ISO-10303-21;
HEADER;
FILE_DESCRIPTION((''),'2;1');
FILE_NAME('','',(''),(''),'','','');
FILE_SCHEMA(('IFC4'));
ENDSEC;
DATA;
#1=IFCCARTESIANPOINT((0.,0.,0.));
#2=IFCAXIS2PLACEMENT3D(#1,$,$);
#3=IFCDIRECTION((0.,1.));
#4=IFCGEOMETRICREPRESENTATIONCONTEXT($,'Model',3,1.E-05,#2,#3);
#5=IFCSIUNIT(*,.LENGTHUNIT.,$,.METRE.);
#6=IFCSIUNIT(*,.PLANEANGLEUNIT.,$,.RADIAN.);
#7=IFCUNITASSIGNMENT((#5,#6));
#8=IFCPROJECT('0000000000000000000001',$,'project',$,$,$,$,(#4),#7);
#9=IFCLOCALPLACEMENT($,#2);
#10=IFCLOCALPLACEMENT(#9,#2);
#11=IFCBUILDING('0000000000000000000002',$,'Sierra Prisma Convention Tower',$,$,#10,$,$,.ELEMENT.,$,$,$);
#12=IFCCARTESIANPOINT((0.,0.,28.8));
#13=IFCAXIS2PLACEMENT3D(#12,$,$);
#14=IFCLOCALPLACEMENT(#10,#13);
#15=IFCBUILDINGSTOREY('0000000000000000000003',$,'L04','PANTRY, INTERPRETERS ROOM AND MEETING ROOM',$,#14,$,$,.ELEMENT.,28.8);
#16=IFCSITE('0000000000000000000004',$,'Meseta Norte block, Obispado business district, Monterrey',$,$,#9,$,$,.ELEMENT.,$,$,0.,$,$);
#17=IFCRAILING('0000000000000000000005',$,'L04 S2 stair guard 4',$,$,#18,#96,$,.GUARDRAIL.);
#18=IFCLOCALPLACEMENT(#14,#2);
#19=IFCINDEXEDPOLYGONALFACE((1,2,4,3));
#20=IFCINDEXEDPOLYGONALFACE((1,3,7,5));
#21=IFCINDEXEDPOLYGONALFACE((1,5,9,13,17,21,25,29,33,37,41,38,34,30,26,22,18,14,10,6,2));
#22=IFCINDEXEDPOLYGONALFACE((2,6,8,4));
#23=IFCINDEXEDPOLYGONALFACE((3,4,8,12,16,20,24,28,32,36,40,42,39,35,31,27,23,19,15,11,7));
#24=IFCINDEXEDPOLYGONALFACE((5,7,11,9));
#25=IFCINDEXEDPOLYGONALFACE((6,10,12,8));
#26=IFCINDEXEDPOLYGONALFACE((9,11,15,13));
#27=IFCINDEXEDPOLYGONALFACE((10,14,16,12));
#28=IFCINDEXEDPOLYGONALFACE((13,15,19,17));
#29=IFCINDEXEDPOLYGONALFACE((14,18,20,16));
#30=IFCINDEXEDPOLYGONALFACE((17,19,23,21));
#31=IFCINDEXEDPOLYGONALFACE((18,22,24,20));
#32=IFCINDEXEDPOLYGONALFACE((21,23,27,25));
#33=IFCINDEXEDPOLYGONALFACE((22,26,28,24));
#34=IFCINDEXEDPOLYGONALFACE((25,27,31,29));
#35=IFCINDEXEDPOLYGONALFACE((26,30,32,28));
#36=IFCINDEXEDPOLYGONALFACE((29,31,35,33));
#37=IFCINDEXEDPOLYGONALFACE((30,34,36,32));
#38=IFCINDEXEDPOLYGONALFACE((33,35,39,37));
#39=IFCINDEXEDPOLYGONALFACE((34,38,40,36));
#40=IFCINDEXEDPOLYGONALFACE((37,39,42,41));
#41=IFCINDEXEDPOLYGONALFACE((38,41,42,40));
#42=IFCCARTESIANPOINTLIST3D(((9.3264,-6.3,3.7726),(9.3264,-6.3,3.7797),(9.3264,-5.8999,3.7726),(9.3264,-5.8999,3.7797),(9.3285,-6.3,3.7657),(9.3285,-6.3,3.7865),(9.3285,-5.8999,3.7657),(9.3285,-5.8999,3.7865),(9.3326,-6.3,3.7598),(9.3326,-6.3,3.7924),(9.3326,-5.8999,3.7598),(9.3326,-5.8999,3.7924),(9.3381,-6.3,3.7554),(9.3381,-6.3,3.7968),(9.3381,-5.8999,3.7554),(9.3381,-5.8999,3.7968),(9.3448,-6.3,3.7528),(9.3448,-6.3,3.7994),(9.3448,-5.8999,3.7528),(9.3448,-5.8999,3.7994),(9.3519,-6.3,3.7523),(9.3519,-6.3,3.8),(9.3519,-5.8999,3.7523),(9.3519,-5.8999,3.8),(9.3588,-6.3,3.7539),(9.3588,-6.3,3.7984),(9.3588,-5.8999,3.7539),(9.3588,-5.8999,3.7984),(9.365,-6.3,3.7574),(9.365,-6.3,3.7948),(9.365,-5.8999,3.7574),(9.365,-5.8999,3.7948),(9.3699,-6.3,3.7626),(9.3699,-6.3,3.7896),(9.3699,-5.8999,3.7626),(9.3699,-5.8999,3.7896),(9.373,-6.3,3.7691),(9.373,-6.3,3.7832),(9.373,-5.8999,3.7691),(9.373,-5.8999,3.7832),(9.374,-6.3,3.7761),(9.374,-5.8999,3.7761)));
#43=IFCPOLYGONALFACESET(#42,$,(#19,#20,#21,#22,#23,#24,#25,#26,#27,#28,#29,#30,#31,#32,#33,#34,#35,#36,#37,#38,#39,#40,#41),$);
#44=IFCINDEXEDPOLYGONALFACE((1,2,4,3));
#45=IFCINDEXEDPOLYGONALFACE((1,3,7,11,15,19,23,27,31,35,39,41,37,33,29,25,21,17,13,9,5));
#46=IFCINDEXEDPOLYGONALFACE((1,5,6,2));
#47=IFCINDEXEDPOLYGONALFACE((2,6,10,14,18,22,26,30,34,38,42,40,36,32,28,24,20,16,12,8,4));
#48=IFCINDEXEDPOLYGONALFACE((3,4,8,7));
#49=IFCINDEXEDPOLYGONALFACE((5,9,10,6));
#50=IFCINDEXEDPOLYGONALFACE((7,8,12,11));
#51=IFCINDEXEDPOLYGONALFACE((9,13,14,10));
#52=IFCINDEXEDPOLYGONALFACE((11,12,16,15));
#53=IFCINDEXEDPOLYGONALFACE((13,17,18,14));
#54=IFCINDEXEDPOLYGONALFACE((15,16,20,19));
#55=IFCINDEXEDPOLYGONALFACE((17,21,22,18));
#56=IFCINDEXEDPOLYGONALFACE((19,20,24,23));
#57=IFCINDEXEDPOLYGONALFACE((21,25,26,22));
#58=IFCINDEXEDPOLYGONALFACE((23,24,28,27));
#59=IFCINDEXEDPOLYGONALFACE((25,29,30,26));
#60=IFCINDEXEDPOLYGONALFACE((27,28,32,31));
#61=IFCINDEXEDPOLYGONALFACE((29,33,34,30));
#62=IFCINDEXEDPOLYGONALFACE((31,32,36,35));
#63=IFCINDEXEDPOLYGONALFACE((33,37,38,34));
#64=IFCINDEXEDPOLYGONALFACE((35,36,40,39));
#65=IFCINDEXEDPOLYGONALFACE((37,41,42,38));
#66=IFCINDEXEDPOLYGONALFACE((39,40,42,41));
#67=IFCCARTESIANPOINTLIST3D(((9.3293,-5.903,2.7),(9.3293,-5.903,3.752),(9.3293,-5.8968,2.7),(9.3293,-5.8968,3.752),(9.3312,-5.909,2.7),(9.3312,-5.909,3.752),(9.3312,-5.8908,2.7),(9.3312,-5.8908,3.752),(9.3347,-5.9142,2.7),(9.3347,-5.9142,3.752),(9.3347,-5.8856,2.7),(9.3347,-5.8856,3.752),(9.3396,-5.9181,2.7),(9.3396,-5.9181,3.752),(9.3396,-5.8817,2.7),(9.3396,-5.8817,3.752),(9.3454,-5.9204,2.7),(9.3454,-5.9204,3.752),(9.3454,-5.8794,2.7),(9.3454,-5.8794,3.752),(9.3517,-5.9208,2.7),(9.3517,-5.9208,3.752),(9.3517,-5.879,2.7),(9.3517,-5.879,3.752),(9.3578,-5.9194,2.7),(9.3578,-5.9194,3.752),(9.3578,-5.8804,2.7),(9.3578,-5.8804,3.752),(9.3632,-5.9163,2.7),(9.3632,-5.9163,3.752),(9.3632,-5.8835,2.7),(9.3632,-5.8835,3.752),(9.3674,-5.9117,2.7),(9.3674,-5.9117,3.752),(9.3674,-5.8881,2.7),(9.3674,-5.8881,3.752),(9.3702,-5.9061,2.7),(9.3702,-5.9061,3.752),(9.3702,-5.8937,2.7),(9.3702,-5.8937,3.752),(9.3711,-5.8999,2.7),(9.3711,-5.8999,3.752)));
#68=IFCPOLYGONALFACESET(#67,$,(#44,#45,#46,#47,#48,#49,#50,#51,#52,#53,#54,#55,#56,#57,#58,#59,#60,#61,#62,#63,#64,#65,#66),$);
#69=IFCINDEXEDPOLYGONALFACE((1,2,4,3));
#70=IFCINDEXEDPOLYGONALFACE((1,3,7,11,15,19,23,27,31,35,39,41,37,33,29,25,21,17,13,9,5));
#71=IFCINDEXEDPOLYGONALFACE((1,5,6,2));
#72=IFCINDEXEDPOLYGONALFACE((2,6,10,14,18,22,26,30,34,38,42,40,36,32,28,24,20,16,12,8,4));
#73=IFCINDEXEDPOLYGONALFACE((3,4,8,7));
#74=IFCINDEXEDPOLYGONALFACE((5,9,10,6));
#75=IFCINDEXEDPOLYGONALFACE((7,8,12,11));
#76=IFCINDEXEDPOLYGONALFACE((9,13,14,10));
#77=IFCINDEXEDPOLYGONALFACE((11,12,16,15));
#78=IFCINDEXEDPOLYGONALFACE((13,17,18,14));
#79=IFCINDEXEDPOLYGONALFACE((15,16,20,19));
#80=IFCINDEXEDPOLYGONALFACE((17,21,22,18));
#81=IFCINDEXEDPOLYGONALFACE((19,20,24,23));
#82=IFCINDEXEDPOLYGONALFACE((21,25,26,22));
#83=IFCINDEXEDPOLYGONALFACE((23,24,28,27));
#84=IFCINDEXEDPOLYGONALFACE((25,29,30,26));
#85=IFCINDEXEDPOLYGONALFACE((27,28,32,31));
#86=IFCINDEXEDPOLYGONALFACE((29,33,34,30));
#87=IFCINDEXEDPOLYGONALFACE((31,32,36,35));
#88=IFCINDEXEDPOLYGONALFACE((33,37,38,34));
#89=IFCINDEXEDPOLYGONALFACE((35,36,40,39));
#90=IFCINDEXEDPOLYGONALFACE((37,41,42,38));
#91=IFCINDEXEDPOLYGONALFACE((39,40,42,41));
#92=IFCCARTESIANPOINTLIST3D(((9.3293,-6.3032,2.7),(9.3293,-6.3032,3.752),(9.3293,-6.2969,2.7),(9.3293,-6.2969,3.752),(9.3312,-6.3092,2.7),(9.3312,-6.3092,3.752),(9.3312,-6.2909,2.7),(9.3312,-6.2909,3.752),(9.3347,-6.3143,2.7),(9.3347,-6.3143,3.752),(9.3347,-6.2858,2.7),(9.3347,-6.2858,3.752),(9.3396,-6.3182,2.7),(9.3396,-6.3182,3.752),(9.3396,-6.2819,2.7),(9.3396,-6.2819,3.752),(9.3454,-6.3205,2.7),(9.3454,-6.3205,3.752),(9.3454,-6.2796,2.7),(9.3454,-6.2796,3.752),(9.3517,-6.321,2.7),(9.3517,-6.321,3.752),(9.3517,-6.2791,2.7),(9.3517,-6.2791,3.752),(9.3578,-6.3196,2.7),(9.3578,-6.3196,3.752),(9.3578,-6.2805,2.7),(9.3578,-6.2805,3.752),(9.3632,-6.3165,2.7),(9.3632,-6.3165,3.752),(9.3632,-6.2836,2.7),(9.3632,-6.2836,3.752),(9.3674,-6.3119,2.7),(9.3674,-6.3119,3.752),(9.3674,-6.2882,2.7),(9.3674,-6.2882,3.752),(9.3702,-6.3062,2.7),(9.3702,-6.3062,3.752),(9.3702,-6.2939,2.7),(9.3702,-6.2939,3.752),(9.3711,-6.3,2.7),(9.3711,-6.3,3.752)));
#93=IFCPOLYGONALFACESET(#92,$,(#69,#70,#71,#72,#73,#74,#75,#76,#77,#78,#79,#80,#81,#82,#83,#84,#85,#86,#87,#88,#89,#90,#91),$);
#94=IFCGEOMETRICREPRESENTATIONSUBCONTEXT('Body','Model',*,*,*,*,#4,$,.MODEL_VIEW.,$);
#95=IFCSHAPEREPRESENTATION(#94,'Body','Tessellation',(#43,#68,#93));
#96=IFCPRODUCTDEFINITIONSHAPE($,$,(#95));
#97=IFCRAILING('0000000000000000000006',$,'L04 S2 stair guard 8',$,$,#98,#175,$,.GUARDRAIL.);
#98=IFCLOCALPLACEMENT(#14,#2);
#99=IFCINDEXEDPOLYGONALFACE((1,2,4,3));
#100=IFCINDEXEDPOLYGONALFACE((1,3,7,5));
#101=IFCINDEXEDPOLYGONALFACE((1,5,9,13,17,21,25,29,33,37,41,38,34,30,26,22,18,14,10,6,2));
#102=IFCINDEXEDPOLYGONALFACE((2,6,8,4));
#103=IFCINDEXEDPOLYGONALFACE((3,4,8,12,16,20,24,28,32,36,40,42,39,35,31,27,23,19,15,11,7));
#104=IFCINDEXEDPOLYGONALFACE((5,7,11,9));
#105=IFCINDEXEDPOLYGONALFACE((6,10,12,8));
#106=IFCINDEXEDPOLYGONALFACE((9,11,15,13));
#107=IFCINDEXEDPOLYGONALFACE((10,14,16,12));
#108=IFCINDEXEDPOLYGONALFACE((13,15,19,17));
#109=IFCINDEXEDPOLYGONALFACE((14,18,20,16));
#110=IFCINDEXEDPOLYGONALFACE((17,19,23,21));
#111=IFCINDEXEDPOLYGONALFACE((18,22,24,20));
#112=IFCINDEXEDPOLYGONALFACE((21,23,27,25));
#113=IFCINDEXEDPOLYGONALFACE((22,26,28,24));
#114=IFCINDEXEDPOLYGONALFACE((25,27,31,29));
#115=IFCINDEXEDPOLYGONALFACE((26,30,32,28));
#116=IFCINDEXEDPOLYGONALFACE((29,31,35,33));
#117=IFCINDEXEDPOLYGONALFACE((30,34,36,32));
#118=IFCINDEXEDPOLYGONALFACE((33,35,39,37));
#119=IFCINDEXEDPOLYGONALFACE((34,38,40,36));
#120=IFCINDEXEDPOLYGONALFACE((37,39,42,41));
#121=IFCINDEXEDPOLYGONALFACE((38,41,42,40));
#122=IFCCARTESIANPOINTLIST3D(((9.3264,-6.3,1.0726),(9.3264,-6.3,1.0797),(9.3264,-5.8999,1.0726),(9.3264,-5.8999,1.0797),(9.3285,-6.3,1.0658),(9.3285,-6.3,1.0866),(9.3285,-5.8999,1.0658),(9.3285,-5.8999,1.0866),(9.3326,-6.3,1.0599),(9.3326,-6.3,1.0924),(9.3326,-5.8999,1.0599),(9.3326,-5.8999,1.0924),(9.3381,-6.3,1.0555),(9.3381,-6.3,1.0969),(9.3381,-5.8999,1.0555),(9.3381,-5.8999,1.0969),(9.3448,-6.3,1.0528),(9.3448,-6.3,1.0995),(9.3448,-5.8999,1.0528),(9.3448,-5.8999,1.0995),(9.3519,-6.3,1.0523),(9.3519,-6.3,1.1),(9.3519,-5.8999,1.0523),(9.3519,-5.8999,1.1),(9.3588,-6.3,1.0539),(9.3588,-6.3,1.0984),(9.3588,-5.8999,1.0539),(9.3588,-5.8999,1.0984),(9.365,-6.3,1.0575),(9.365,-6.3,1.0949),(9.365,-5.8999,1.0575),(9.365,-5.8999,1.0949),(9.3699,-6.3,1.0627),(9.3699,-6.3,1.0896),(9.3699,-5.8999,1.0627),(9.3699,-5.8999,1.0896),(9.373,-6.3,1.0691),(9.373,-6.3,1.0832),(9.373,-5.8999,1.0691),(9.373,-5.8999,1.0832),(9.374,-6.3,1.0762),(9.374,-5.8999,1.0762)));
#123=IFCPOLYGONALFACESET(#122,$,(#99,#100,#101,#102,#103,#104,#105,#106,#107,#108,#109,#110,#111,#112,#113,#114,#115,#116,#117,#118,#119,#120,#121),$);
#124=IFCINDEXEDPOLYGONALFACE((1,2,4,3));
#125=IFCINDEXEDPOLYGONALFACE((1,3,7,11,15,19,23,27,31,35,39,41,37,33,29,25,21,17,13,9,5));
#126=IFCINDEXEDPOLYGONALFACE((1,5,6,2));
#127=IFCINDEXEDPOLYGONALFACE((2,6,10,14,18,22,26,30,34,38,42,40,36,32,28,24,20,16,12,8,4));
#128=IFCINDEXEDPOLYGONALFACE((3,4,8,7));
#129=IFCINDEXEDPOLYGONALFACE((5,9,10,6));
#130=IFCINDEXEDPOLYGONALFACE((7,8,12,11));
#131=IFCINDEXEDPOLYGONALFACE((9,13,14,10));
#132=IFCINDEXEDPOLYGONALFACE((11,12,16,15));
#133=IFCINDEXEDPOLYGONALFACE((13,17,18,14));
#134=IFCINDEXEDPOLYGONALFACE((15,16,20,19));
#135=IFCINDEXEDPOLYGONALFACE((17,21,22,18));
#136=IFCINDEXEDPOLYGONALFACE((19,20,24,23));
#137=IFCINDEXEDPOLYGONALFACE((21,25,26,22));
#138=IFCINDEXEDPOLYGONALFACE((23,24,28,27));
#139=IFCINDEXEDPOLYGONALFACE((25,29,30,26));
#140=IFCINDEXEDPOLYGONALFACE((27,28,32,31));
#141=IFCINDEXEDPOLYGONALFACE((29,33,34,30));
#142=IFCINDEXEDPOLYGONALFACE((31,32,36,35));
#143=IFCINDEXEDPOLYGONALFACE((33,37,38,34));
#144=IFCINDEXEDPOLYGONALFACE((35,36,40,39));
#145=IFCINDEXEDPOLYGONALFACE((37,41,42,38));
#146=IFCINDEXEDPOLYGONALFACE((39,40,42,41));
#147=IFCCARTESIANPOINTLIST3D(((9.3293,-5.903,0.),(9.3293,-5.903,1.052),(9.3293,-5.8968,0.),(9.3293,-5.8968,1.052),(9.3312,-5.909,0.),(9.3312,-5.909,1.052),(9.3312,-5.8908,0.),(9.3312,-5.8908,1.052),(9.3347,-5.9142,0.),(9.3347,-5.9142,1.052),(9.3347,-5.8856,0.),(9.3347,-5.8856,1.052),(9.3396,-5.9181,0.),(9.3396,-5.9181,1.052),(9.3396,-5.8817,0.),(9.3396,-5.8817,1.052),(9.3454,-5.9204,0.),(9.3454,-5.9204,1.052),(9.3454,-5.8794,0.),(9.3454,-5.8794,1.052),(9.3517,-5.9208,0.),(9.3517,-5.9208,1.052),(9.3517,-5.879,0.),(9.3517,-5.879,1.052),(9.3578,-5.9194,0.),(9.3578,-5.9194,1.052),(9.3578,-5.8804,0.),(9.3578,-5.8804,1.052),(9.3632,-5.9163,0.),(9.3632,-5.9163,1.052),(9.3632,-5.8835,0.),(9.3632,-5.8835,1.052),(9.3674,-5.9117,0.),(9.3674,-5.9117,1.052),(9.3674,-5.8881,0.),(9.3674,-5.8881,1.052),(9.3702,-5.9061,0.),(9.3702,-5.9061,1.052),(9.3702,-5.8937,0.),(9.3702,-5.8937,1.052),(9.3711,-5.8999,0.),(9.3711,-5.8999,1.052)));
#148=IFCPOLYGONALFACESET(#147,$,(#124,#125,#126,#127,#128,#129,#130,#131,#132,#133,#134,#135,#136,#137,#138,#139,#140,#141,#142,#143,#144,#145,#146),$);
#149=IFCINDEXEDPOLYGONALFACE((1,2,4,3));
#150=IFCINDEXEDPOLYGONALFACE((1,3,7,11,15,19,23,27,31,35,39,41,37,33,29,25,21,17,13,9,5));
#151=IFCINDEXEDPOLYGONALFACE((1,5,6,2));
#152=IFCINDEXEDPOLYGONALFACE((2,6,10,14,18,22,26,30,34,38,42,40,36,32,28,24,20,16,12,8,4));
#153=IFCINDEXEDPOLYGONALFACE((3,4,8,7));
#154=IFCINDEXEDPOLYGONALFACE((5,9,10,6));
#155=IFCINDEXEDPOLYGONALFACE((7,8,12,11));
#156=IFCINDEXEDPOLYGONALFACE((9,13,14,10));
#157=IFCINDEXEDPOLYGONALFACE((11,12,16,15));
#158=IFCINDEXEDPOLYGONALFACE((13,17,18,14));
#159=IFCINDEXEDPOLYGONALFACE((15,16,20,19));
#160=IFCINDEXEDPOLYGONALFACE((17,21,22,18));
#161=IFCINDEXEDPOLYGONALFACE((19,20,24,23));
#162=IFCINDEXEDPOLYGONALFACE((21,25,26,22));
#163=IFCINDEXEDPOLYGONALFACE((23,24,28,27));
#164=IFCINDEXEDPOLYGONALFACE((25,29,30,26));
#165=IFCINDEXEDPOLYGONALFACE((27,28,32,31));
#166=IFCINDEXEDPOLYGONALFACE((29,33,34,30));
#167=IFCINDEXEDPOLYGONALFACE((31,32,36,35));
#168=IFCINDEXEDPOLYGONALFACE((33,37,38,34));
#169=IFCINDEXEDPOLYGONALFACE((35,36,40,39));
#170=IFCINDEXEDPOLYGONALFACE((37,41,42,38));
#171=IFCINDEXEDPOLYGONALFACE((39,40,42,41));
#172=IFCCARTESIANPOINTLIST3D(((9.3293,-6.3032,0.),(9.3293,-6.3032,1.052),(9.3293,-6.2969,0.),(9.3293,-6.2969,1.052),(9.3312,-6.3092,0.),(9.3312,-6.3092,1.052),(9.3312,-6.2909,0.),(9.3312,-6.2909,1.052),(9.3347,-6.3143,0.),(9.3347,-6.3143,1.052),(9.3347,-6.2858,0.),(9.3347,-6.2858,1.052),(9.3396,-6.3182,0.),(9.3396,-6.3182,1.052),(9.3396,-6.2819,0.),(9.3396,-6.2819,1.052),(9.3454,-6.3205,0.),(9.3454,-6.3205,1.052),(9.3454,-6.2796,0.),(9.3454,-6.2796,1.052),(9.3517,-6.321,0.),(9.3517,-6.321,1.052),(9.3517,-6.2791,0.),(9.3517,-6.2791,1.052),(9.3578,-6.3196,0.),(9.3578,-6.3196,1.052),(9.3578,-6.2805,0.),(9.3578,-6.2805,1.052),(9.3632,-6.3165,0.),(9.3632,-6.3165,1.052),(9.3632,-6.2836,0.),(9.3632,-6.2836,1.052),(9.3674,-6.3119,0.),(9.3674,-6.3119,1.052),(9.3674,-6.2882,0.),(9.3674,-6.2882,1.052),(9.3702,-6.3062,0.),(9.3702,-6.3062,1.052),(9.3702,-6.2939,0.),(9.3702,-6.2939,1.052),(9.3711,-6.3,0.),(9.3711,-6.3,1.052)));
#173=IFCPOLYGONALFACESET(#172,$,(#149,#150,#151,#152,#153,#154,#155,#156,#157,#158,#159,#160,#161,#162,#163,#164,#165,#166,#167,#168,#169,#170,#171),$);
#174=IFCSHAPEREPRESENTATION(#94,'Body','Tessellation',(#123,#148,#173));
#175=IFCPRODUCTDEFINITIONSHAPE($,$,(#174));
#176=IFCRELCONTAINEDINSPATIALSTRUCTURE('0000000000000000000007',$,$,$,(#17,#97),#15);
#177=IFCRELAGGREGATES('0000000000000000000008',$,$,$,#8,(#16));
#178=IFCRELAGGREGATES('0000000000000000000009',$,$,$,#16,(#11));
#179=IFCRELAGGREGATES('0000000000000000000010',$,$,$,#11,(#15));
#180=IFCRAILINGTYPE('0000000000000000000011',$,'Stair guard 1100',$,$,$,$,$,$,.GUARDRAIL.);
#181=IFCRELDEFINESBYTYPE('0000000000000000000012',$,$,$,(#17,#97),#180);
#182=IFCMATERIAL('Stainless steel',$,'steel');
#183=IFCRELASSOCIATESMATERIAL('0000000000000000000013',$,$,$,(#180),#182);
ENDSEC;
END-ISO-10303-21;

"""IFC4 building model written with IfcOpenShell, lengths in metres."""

from ifc_helpers import new_model, si_unit, direction, frame, origin, origin_2d, place, context, subcontext, project, spatial, circle, extrude, material, type_object, element, save


model = new_model("IFC4")

# Units and contexts
model_context = context("Model", 3, precision=1e-05, world=origin(), true_north=direction((0.0, 1.0)))
body_context = subcontext(model_context, "Body", "Model", "MODEL_VIEW")
ifc_project = project(units=[si_unit("LENGTHUNIT", "METRE"), si_unit("PLANEANGLEUNIT", "RADIAN")], contexts=[model_context])

# Site, building, storey
site_placement = place(None, origin())
site = spatial("IfcSite", under=ifc_project, at=site_placement, Name="Meseta Norte block, Obispado business district, Monterrey", CompositionType="ELEMENT", RefElevation=0.0)
building_placement = place(site_placement, origin())
building = spatial("IfcBuilding", under=site, at=building_placement, Name="Sierra Prisma Convention Tower", CompositionType="ELEMENT")
storey_placement = place(building_placement, frame((0.0, 0.0, 28.8)))
storey = spatial("IfcBuildingStorey", under=building, at=storey_placement, Name="L04", Description="PANTRY, INTERPRETERS ROOM AND MEETING ROOM", CompositionType="ELEMENT", Elevation=28.8)

# Railings
ifc_material_1 = material(Name="Stainless steel", Category="steel")
railing_type_1 = type_object("IfcRailingType", Name="Stair guard 1100", PredefinedType="GUARDRAIL", material=ifc_material_1)
for number, where, name in (
    (1, (9.3501, -5.8999, 2.7), "L04 S2 stair guard 4"),
    (2, (9.3501, -5.8999, 0.0), "L04 S2 stair guard 8"),
):
    element("IfcRailing", number, at=place(storey_placement, frame(where)), inside=storey, type_object=railing_type_1, Name=name, PredefinedType="GUARDRAIL", context=body_context, shape_type="SweptSolid", body=[
        extrude(circle(Radius=0.0239, at=origin_2d()), frame((0.0, 0.0, 1.0762), z_axis=(0.0, -1.0, 0.0), x_axis=(1.0, 0.0, 0.0)), (0.0, 0.0, 1.0), 0.4001),
        extrude(circle(Radius=0.021, at=origin_2d()), origin(), (0.0, 0.0, 1.0), 1.052),
        extrude(circle(Radius=0.021, at=origin_2d()), frame((0.0, -0.4001, 0.0)), (0.0, 0.0, 1.0), 1.052),
    ])

save(model, "model.ifc")
